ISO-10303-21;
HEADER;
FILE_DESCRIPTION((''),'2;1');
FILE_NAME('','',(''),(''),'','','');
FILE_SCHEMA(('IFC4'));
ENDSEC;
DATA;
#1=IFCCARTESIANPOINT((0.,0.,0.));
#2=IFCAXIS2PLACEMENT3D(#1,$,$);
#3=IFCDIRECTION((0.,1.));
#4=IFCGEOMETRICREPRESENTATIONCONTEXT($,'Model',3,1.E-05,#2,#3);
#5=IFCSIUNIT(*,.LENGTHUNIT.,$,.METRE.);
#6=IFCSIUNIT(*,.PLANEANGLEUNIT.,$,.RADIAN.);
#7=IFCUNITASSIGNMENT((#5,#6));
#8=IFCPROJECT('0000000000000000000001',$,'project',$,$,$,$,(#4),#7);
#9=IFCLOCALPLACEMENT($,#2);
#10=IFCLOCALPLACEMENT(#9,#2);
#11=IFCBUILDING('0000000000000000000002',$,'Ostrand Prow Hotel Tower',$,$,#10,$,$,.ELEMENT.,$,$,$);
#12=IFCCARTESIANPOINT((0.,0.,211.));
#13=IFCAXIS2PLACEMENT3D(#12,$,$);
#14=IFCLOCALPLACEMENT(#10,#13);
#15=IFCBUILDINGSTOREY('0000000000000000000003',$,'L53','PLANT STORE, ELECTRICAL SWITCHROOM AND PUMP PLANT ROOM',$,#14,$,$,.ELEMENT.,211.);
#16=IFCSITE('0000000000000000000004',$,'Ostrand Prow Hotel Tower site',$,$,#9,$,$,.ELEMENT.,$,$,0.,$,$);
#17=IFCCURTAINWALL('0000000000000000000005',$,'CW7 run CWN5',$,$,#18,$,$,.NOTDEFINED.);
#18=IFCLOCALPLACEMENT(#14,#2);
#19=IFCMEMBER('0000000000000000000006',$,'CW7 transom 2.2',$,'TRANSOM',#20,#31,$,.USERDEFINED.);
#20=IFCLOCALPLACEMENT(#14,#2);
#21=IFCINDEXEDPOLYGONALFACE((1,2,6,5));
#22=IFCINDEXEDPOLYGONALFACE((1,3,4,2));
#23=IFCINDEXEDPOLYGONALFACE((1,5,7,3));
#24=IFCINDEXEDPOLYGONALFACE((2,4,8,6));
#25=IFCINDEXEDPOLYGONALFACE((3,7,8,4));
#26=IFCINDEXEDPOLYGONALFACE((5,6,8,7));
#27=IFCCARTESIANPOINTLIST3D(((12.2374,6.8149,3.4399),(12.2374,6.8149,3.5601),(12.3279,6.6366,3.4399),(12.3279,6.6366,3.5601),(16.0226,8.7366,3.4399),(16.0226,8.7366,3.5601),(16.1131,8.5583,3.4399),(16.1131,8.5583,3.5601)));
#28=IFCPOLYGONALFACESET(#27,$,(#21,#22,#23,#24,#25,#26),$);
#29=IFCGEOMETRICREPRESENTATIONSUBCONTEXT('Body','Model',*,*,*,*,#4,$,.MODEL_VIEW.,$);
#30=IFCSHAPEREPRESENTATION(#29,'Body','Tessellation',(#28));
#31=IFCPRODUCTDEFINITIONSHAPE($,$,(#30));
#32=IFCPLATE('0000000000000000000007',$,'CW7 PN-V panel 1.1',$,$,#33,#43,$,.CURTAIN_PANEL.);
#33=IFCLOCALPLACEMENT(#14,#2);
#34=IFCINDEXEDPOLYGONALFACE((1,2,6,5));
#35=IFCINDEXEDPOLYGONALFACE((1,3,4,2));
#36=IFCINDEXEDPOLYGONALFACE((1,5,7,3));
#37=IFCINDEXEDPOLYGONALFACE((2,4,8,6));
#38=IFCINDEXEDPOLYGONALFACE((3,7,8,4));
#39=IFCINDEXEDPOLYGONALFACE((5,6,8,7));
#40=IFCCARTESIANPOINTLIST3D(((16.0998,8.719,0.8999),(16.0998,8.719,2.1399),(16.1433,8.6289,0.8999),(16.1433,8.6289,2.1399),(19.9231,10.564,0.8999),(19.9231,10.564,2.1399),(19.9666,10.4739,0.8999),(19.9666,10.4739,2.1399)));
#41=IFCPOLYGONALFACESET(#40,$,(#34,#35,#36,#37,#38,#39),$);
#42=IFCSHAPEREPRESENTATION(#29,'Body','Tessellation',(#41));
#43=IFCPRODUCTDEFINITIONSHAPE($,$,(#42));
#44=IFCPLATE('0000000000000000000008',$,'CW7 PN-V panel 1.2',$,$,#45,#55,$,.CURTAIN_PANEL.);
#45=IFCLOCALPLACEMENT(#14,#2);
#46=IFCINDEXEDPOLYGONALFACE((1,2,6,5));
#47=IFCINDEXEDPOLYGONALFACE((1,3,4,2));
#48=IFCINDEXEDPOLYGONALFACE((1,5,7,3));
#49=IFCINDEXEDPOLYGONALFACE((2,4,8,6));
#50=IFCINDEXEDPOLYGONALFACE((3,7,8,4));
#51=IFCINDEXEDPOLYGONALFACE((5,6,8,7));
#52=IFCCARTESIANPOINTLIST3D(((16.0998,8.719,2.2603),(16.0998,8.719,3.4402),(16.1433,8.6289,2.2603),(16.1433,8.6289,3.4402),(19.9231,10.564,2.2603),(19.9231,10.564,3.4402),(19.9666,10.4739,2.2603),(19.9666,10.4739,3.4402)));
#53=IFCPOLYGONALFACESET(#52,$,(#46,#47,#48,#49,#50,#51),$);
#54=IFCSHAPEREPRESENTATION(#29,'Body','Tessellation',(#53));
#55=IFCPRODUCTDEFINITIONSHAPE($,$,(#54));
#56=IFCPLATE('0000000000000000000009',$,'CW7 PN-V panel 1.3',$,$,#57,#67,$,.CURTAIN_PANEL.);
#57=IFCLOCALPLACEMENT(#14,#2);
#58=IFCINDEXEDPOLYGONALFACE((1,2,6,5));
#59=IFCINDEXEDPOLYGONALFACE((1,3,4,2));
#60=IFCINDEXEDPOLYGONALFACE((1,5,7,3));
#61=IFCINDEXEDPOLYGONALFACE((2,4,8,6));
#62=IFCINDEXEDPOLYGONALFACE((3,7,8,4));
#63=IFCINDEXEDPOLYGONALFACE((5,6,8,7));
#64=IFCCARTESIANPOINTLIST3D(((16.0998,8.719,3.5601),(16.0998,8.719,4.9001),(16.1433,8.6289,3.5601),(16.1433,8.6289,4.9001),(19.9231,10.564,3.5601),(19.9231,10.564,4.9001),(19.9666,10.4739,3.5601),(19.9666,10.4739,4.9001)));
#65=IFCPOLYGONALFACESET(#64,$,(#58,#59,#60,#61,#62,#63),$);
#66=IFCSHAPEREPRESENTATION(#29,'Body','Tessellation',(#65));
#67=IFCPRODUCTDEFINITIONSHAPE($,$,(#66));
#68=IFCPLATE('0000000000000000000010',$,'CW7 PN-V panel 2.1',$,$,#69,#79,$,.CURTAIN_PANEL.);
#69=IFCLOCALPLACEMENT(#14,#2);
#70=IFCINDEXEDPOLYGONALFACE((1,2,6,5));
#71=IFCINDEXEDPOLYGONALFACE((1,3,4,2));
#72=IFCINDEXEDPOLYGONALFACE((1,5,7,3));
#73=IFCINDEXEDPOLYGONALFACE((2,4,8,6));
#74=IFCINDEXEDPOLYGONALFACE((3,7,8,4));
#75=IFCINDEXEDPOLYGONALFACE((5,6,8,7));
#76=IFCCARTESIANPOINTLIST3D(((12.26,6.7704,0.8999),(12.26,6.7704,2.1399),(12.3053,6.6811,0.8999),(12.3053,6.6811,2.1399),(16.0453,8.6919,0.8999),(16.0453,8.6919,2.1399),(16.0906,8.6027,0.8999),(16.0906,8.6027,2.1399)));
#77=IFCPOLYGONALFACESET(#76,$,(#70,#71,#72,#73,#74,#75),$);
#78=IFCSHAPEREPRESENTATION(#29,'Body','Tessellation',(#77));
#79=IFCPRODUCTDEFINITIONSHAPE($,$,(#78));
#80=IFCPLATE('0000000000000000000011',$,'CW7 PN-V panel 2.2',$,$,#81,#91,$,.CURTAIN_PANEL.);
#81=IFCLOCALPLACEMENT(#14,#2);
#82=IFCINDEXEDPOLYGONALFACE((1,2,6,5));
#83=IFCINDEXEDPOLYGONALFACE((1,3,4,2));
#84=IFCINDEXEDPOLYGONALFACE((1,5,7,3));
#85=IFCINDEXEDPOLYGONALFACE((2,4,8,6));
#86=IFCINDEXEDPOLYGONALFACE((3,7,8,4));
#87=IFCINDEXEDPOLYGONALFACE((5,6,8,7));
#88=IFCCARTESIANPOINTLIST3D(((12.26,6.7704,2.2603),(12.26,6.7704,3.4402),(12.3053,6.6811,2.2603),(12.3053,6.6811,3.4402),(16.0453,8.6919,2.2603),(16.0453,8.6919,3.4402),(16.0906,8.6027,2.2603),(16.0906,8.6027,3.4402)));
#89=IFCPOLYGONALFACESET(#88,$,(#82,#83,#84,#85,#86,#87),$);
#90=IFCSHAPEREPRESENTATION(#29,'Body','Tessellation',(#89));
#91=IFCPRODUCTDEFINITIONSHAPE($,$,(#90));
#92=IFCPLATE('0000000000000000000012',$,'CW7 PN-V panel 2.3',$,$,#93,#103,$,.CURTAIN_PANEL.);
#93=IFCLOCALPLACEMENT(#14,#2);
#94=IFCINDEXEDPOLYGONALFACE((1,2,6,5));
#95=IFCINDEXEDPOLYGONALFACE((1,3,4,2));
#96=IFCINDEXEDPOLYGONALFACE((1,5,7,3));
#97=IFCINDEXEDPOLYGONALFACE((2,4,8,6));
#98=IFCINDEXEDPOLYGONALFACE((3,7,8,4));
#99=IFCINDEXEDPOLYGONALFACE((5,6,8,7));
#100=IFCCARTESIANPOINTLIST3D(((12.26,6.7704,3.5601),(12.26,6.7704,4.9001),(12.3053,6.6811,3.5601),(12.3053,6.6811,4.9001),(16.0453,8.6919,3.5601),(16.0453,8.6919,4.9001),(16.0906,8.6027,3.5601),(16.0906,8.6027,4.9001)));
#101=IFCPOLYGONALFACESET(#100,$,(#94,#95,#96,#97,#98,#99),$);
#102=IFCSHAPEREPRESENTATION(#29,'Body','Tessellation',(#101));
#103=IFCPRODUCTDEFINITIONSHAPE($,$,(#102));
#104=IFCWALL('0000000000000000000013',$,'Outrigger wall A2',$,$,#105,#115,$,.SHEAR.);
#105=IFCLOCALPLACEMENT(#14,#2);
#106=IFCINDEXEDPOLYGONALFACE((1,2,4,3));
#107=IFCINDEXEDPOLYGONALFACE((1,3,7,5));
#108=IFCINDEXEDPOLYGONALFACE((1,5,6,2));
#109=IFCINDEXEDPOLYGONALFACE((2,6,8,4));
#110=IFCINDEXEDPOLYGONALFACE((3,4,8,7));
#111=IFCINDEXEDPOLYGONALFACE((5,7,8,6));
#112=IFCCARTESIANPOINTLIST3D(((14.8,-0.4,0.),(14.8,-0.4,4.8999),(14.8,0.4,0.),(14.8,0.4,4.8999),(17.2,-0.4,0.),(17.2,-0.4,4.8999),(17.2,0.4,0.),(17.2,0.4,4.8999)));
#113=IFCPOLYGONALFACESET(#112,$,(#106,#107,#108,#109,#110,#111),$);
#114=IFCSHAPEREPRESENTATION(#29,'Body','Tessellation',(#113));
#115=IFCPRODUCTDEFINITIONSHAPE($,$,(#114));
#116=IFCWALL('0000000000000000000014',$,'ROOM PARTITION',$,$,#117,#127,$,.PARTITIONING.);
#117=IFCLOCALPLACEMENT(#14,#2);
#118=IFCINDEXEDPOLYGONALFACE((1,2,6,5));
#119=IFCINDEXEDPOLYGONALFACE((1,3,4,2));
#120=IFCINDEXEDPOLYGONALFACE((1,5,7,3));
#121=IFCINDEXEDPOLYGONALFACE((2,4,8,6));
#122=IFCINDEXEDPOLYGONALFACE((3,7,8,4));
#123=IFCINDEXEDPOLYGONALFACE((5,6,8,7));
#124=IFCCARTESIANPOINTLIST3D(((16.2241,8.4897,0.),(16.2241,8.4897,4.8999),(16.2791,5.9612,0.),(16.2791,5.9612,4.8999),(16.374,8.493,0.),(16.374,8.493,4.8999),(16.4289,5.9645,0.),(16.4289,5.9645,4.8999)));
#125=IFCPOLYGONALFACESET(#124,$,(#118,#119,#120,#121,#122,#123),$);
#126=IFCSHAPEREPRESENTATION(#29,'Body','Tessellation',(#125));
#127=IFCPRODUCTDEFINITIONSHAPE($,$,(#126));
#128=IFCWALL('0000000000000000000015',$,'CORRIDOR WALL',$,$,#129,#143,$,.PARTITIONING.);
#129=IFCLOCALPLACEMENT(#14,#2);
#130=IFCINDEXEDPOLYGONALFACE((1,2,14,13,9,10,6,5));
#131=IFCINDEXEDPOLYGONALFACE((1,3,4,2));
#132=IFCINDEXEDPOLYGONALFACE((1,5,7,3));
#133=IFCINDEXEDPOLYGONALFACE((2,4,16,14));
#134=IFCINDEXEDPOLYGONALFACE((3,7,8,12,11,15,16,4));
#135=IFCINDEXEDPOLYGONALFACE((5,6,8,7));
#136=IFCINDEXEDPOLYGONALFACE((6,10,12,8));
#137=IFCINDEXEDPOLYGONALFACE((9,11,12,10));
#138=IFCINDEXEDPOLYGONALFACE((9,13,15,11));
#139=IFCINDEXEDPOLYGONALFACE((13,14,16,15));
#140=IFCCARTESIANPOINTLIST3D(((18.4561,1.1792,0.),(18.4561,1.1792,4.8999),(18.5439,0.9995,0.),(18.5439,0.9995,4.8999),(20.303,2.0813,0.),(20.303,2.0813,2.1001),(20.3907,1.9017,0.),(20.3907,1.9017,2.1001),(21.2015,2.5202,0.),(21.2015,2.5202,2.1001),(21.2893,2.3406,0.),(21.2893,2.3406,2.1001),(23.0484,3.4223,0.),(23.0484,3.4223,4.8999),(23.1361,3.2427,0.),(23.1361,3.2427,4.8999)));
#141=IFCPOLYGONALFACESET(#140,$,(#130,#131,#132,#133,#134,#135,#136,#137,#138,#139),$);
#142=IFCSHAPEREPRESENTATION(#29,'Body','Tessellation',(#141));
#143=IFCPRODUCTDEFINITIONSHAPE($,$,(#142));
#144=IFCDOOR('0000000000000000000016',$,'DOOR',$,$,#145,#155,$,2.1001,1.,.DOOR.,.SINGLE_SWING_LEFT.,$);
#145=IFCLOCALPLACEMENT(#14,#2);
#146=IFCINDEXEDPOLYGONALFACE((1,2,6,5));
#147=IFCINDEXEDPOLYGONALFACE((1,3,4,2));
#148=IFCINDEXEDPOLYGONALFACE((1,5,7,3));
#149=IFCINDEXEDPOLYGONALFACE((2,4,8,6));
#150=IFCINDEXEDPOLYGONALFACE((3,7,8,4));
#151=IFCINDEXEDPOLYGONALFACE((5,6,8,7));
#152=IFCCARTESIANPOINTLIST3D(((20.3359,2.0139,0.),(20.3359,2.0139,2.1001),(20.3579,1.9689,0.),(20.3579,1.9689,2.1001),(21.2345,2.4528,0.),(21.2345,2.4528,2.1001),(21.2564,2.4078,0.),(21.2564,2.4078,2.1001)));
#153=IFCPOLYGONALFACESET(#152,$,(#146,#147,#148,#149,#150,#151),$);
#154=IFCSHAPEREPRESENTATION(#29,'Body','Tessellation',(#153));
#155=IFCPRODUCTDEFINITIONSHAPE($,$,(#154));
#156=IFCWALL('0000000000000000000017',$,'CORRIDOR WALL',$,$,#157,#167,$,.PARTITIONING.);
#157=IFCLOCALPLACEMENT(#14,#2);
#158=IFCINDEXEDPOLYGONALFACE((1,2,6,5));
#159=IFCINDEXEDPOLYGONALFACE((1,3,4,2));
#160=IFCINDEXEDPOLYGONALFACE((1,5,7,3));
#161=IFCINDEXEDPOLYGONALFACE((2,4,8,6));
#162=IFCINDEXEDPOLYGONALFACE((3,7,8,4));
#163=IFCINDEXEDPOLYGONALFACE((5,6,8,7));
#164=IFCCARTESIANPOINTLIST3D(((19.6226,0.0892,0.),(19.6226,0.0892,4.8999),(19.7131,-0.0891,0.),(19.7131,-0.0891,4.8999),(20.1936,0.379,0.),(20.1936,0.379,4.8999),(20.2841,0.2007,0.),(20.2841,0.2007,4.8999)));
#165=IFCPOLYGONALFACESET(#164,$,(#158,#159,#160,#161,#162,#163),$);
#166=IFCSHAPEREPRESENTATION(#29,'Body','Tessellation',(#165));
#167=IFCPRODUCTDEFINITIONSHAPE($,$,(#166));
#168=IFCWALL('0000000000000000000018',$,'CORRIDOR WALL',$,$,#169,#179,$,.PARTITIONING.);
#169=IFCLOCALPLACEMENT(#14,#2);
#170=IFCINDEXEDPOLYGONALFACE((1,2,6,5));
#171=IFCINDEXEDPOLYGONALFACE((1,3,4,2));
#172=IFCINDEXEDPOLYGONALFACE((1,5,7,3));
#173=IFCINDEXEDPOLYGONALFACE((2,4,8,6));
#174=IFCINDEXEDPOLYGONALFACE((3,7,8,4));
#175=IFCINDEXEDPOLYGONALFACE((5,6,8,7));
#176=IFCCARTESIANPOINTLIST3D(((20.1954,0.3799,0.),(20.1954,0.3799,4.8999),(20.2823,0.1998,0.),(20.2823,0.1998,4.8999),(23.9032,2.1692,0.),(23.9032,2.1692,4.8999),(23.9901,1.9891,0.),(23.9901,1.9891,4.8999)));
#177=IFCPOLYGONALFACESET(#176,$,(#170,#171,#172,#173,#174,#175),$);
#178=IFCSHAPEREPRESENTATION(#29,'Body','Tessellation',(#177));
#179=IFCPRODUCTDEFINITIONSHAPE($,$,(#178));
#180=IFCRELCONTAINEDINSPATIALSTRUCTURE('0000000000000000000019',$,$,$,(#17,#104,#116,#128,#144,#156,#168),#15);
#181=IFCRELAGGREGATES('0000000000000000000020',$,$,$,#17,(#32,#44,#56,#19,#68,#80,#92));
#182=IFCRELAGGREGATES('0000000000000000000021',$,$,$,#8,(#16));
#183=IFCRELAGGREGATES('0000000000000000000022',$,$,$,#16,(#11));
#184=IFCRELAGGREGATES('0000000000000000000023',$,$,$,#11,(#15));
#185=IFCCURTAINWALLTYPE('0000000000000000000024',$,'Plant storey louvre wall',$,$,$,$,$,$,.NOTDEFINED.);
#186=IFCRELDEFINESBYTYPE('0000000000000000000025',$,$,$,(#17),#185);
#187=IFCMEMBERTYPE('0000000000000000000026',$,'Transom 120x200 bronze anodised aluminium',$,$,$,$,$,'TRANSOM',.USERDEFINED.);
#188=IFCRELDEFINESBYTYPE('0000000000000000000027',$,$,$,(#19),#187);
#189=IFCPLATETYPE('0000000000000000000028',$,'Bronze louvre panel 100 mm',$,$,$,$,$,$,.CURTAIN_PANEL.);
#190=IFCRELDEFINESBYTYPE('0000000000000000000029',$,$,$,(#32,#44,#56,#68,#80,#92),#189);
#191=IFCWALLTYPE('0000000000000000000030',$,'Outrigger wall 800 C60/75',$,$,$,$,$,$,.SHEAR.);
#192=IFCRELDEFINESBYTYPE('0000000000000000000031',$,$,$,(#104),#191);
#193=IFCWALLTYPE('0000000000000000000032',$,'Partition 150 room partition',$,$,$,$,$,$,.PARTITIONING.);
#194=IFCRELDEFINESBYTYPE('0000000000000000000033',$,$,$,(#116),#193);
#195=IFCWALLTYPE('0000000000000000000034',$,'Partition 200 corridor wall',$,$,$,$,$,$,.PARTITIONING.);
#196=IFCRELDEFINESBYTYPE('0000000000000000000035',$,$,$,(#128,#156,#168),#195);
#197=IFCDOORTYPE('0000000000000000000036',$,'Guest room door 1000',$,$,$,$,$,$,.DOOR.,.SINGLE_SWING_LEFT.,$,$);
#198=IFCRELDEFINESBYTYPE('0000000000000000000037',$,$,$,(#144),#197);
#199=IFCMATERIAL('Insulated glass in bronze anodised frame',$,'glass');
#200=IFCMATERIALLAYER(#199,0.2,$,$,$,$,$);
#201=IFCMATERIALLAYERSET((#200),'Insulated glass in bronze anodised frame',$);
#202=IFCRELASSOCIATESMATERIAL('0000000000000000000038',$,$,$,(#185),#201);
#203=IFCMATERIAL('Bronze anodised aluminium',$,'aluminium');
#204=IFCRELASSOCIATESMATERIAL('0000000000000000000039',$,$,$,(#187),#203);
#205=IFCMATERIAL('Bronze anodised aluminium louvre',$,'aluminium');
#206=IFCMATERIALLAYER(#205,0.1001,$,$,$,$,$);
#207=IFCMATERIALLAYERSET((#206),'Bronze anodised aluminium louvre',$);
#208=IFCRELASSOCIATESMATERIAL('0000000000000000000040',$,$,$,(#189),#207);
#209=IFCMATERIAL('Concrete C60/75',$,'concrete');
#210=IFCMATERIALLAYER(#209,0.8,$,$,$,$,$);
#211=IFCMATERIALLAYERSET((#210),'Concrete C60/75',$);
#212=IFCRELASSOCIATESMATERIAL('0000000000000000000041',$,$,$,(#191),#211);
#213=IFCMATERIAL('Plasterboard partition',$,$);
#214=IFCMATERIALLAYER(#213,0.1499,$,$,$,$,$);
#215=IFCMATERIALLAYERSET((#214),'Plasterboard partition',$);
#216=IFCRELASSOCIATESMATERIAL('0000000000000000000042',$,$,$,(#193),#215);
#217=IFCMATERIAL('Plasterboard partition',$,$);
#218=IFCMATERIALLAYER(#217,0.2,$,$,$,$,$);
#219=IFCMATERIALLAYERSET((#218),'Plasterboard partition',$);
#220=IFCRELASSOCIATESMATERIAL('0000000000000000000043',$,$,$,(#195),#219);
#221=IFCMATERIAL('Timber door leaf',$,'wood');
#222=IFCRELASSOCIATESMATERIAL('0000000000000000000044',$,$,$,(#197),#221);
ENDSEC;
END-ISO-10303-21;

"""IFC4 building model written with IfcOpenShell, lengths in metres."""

from ifc_helpers import new_model, si_unit, direction, frame, frame_2d, origin, origin_2d, place, context, subcontext, project, spatial, rectangle, extrude, material, layer, layer_set, material_profile, profile_set, type_object, element, fill, aggregate, save


model = new_model("IFC4")

# Units and contexts
model_context = context("Model", 3, precision=1e-05, world=origin(), true_north=direction((0.0, 1.0)))
body_context = subcontext(model_context, "Body", "Model", "MODEL_VIEW")
ifc_project = project(units=[si_unit("LENGTHUNIT", "METRE"), si_unit("PLANEANGLEUNIT", "RADIAN")], contexts=[model_context])

# Site, building, storey
site_placement = place(None, origin())
site = spatial("IfcSite", under=ifc_project, at=site_placement, Name="Ostrand Prow Hotel Tower site", CompositionType="ELEMENT", RefElevation=0.0)
building_placement = place(site_placement, origin())
building = spatial("IfcBuilding", under=site, at=building_placement, Name="Ostrand Prow Hotel Tower", CompositionType="ELEMENT")
storey_placement = place(building_placement, frame((0.0, 0.0, 211.0)))
storey = spatial("IfcBuildingStorey", under=building, at=storey_placement, Name="L53", Description="PLANT STORE, ELECTRICAL SWITCHROOM AND PUMP PLANT ROOM", CompositionType="ELEMENT", Elevation=211.0)

# Curtain wall
ifc_material_1 = material(Name="Insulated glass in bronze anodised frame", Category="glass")
ifc_layer_1 = layer(ifc_material_1, 0.2)
ifc_layer_set_1 = layer_set([ifc_layer_1], Name="Insulated glass in bronze anodised frame")
curtain_wall_type = type_object("IfcCurtainWallType", Name="Plant storey louvre wall", PredefinedType="NOTDEFINED", material=ifc_layer_set_1)
curtain_wall_1_placement = place(storey_placement, origin())
curtain_wall_1 = element("IfcCurtainWall", 1, at=curtain_wall_1_placement, inside=storey, type_object=curtain_wall_type, Name="CW7 run CWN5", PredefinedType="NOTDEFINED")

# Member
ifc_material_2 = material(Name="Bronze anodised aluminium", Category="aluminium")
ifc_material_profile_1 = material_profile(ifc_material_2, rectangle(XDim=0.2, YDim=0.1201, at=origin_2d()), Name="Transom 120x200 bronze anodised aluminium")
ifc_profile_set_1 = profile_set([ifc_material_profile_1], Name="Bronze anodised aluminium")
member_type_1 = type_object("IfcMemberType", Name="Transom 120x200 bronze anodised aluminium", ElementType="TRANSOM", PredefinedType="USERDEFINED", material=ifc_profile_set_1)
member_1_placement = place(storey_placement, frame((16.0679, 8.6475, 3.5), z_axis=(-0.891673, -0.45268, 0.0), x_axis=(0.45268, -0.891673, 0.0)))
member_1 = element("IfcMember", 2, at=member_1_placement, type_object=member_type_1, Name="CW7 transom 2.2", ObjectType="TRANSOM", PredefinedType="USERDEFINED", context=body_context, shape_type="SweptSolid", body=[
    extrude(rectangle(XDim=0.2, YDim=0.1201, at=origin_2d()), origin(), (0.0, 0.0, 1.0), 4.2451),
])

# Plates
ifc_material_3 = material(Name="Bronze anodised aluminium louvre", Category="aluminium")
ifc_layer_2 = layer(ifc_material_3, 0.1001)
ifc_layer_set_2 = layer_set([ifc_layer_2], Name="Bronze anodised aluminium louvre")
plate_type = type_object("IfcPlateType", Name="Bronze louvre panel 100 mm", PredefinedType="CURTAIN_PANEL", material=ifc_layer_set_2)
plate_1_placement = place(storey_placement, frame((18.0332, 9.5964, 0.8999), z_axis=(0.0, 0.0, 1.0), x_axis=(-0.900616, -0.434615, 0.0)))
plate_1 = element("IfcPlate", 3, at=plate_1_placement, type_object=plate_type, Name="CW7 PN-V panel 1.1", PredefinedType="CURTAIN_PANEL", context=body_context, shape_type="SweptSolid", body=[
    extrude(rectangle(XDim=4.2451, YDim=0.1001, at=origin_2d()), origin(), (0.0, 0.0, 1.0), 1.24),
])
plate_2_placement = place(storey_placement, frame((18.0332, 9.5964, 2.2603), z_axis=(0.0, 0.0, 1.0), x_axis=(-0.900616, -0.434615, 0.0)))
plate_2 = element("IfcPlate", 4, at=plate_2_placement, type_object=plate_type, Name="CW7 PN-V panel 1.2", PredefinedType="CURTAIN_PANEL", context=body_context, shape_type="SweptSolid", body=[
    extrude(rectangle(XDim=4.2451, YDim=0.1001, at=origin_2d()), origin(), (0.0, 0.0, 1.0), 1.1799),
])
plate_3_placement = place(storey_placement, frame((18.0332, 9.5964, 3.5601), z_axis=(0.0, 0.0, 1.0), x_axis=(-0.900616, -0.434615, 0.0)))
plate_3 = element("IfcPlate", 5, at=plate_3_placement, type_object=plate_type, Name="CW7 PN-V panel 1.3", PredefinedType="CURTAIN_PANEL", context=body_context, shape_type="SweptSolid", body=[
    extrude(rectangle(XDim=4.2451, YDim=0.1001, at=origin_2d()), origin(), (0.0, 0.0, 1.0), 1.3401),
])
plate_4_placement = place(storey_placement, frame((14.1753, 7.6865, 0.8999), z_axis=(0.0, 0.0, 1.0), x_axis=(-0.891684, -0.452659, 0.0)))
plate_4 = element("IfcPlate", 6, at=plate_4_placement, type_object=plate_type, Name="CW7 PN-V panel 2.1", PredefinedType="CURTAIN_PANEL", context=body_context, shape_type="SweptSolid", body=[
    extrude(rectangle(XDim=4.2451, YDim=0.1001, at=origin_2d()), origin(), (0.0, 0.0, 1.0), 1.24),
])
plate_5_placement = place(storey_placement, frame((14.1753, 7.6865, 2.2603), z_axis=(0.0, 0.0, 1.0), x_axis=(-0.891684, -0.452659, 0.0)))
plate_5 = element("IfcPlate", 7, at=plate_5_placement, type_object=plate_type, Name="CW7 PN-V panel 2.2", PredefinedType="CURTAIN_PANEL", context=body_context, shape_type="SweptSolid", body=[
    extrude(rectangle(XDim=4.2451, YDim=0.1001, at=origin_2d()), origin(), (0.0, 0.0, 1.0), 1.1799),
])
plate_6_placement = place(storey_placement, frame((14.1753, 7.6865, 3.5601), z_axis=(0.0, 0.0, 1.0), x_axis=(-0.891684, -0.452659, 0.0)))
plate_6 = element("IfcPlate", 8, at=plate_6_placement, type_object=plate_type, Name="CW7 PN-V panel 2.3", PredefinedType="CURTAIN_PANEL", context=body_context, shape_type="SweptSolid", body=[
    extrude(rectangle(XDim=4.2451, YDim=0.1001, at=origin_2d()), origin(), (0.0, 0.0, 1.0), 1.3401),
])
aggregate(curtain_wall_1, [plate_1, plate_2, plate_3, member_1, plate_4, plate_5, plate_6])

# Walls
ifc_material_4 = material(Name="Concrete C60/75", Category="concrete")
ifc_layer_3 = layer(ifc_material_4, 0.8)
ifc_layer_set_3 = layer_set([ifc_layer_3], Name="Concrete C60/75")
wall_type_1 = type_object("IfcWallType", Name="Outrigger wall 800 C60/75", PredefinedType="SHEAR", material=ifc_layer_set_3)
wall_1_placement = place(storey_placement, frame((14.8, 0.0, 0.0), z_axis=(0.0, 0.0, 1.0), x_axis=(1.0, 0.0, 0.0)))
element("IfcWall", 9, at=wall_1_placement, inside=storey, type_object=wall_type_1, Name="Outrigger wall A2", PredefinedType="SHEAR", context=body_context, shape_type="SweptSolid", body=[
    extrude(rectangle(XDim=2.3999, YDim=0.8, at=frame_2d((1.2, 0.0))), origin(), (0.0, 0.0, 1.0), 4.8999),
])
ifc_material_5 = material(Name="Plasterboard partition")
ifc_layer_4 = layer(ifc_material_5, 0.1499)
ifc_layer_set_4 = layer_set([ifc_layer_4], Name="Plasterboard partition")
wall_type_2 = type_object("IfcWallType", Name="Partition 150 room partition", PredefinedType="PARTITIONING", material=ifc_layer_set_4)
wall_2_placement = place(storey_placement, frame((16.2991, 8.4915, 0.0), z_axis=(0.0, 0.0, 1.0), x_axis=(0.021719, -0.999764, 0.0)))
element("IfcWall", 10, at=wall_2_placement, inside=storey, type_object=wall_type_2, Name="ROOM PARTITION", PredefinedType="PARTITIONING", context=body_context, shape_type="SweptSolid", body=[
    extrude(rectangle(XDim=2.5291, YDim=0.1499, at=frame_2d((1.2646, 0.0))), origin(), (0.0, 0.0, 1.0), 4.8999),
])

# Wall, opening, door
ifc_material_6 = material(Name="Plasterboard partition")
ifc_layer_5 = layer(ifc_material_6, 0.2)
ifc_layer_set_5 = layer_set([ifc_layer_5], Name="Plasterboard partition")
wall_type_3 = type_object("IfcWallType", Name="Partition 200 corridor wall", PredefinedType="PARTITIONING", material=ifc_layer_set_5)
wall_3_placement = place(storey_placement, frame((18.5, 1.0894, 0.0), z_axis=(0.0, 0.0, 1.0), x_axis=(0.898535, 0.438902, 0.0)))
wall_3 = element("IfcWall", 11, at=wall_3_placement, inside=storey, type_object=wall_type_3, Name="CORRIDOR WALL", PredefinedType="PARTITIONING", context=body_context, shape_type="SweptSolid", body=[
    extrude(rectangle(XDim=5.1108, YDim=0.2, at=frame_2d((2.5554, 0.0))), origin(), (0.0, 0.0, 1.0), 4.8999),
])
opening_placement = place(wall_3_placement, frame((2.0554, 0.0, 0.0)))
opening = element("IfcOpeningElement", 12, at=opening_placement, cuts=wall_3, PredefinedType="OPENING", context=body_context, shape_type="SweptSolid", body=[
    extrude(rectangle(XDim=1.0, YDim=2.1001, at=frame_2d((0.5, 1.05))), frame((0.0, 0.1099, 0.0), z_axis=(0.0, -1.0, 0.0), x_axis=(1.0, 0.0, 0.0)), (0.0, 0.0, 1.0), 0.22),
])
ifc_material_7 = material(Name="Timber door leaf", Category="wood")
door_type = type_object("IfcDoorType", Name="Guest room door 1000", OperationType="SINGLE_SWING_LEFT", PredefinedType="DOOR", material=ifc_material_7)
door_placement = place(opening_placement, origin())
door = element("IfcDoor", 13, at=door_placement, inside=storey, type_object=door_type, Name="DOOR", OperationType="SINGLE_SWING_LEFT", OverallHeight=2.1001, OverallWidth=1.0, PredefinedType="DOOR", context=body_context, shape_type="SweptSolid", body=[
    extrude(rectangle(XDim=1.0, YDim=2.1001, at=frame_2d((0.5, 1.05))), frame((0.0, 0.0249, 0.0), z_axis=(0.0, -1.0, 0.0), x_axis=(1.0, 0.0, 0.0)), (0.0, 0.0, 1.0), 0.05),
])
fill(opening, door)

# Walls
wall_4_placement = place(storey_placement, frame((19.6677, 0.0, 0.0), z_axis=(0.0, 0.0, 1.0), x_axis=(0.891743, 0.452543, 0.0)))
element("IfcWall", 14, at=wall_4_placement, inside=storey, type_object=wall_type_3, Name="CORRIDOR WALL", PredefinedType="PARTITIONING", context=body_context, shape_type="SweptSolid", body=[
    extrude(rectangle(XDim=0.6404, YDim=0.2, at=frame_2d((0.3203, 0.0))), origin(), (0.0, 0.0, 1.0), 4.8999),
])
wall_5_placement = place(storey_placement, frame((20.2388, 0.2898, 0.0), z_axis=(0.0, 0.0, 1.0), x_axis=(0.900613, 0.434621, 0.0)))
element("IfcWall", 15, at=wall_5_placement, inside=storey, type_object=wall_type_3, Name="CORRIDOR WALL", PredefinedType="PARTITIONING", context=body_context, shape_type="SweptSolid", body=[
    extrude(rectangle(XDim=4.1169, YDim=0.2, at=frame_2d((2.0586, 0.0))), origin(), (0.0, 0.0, 1.0), 4.8999),
])

save(model, "model.ifc")
